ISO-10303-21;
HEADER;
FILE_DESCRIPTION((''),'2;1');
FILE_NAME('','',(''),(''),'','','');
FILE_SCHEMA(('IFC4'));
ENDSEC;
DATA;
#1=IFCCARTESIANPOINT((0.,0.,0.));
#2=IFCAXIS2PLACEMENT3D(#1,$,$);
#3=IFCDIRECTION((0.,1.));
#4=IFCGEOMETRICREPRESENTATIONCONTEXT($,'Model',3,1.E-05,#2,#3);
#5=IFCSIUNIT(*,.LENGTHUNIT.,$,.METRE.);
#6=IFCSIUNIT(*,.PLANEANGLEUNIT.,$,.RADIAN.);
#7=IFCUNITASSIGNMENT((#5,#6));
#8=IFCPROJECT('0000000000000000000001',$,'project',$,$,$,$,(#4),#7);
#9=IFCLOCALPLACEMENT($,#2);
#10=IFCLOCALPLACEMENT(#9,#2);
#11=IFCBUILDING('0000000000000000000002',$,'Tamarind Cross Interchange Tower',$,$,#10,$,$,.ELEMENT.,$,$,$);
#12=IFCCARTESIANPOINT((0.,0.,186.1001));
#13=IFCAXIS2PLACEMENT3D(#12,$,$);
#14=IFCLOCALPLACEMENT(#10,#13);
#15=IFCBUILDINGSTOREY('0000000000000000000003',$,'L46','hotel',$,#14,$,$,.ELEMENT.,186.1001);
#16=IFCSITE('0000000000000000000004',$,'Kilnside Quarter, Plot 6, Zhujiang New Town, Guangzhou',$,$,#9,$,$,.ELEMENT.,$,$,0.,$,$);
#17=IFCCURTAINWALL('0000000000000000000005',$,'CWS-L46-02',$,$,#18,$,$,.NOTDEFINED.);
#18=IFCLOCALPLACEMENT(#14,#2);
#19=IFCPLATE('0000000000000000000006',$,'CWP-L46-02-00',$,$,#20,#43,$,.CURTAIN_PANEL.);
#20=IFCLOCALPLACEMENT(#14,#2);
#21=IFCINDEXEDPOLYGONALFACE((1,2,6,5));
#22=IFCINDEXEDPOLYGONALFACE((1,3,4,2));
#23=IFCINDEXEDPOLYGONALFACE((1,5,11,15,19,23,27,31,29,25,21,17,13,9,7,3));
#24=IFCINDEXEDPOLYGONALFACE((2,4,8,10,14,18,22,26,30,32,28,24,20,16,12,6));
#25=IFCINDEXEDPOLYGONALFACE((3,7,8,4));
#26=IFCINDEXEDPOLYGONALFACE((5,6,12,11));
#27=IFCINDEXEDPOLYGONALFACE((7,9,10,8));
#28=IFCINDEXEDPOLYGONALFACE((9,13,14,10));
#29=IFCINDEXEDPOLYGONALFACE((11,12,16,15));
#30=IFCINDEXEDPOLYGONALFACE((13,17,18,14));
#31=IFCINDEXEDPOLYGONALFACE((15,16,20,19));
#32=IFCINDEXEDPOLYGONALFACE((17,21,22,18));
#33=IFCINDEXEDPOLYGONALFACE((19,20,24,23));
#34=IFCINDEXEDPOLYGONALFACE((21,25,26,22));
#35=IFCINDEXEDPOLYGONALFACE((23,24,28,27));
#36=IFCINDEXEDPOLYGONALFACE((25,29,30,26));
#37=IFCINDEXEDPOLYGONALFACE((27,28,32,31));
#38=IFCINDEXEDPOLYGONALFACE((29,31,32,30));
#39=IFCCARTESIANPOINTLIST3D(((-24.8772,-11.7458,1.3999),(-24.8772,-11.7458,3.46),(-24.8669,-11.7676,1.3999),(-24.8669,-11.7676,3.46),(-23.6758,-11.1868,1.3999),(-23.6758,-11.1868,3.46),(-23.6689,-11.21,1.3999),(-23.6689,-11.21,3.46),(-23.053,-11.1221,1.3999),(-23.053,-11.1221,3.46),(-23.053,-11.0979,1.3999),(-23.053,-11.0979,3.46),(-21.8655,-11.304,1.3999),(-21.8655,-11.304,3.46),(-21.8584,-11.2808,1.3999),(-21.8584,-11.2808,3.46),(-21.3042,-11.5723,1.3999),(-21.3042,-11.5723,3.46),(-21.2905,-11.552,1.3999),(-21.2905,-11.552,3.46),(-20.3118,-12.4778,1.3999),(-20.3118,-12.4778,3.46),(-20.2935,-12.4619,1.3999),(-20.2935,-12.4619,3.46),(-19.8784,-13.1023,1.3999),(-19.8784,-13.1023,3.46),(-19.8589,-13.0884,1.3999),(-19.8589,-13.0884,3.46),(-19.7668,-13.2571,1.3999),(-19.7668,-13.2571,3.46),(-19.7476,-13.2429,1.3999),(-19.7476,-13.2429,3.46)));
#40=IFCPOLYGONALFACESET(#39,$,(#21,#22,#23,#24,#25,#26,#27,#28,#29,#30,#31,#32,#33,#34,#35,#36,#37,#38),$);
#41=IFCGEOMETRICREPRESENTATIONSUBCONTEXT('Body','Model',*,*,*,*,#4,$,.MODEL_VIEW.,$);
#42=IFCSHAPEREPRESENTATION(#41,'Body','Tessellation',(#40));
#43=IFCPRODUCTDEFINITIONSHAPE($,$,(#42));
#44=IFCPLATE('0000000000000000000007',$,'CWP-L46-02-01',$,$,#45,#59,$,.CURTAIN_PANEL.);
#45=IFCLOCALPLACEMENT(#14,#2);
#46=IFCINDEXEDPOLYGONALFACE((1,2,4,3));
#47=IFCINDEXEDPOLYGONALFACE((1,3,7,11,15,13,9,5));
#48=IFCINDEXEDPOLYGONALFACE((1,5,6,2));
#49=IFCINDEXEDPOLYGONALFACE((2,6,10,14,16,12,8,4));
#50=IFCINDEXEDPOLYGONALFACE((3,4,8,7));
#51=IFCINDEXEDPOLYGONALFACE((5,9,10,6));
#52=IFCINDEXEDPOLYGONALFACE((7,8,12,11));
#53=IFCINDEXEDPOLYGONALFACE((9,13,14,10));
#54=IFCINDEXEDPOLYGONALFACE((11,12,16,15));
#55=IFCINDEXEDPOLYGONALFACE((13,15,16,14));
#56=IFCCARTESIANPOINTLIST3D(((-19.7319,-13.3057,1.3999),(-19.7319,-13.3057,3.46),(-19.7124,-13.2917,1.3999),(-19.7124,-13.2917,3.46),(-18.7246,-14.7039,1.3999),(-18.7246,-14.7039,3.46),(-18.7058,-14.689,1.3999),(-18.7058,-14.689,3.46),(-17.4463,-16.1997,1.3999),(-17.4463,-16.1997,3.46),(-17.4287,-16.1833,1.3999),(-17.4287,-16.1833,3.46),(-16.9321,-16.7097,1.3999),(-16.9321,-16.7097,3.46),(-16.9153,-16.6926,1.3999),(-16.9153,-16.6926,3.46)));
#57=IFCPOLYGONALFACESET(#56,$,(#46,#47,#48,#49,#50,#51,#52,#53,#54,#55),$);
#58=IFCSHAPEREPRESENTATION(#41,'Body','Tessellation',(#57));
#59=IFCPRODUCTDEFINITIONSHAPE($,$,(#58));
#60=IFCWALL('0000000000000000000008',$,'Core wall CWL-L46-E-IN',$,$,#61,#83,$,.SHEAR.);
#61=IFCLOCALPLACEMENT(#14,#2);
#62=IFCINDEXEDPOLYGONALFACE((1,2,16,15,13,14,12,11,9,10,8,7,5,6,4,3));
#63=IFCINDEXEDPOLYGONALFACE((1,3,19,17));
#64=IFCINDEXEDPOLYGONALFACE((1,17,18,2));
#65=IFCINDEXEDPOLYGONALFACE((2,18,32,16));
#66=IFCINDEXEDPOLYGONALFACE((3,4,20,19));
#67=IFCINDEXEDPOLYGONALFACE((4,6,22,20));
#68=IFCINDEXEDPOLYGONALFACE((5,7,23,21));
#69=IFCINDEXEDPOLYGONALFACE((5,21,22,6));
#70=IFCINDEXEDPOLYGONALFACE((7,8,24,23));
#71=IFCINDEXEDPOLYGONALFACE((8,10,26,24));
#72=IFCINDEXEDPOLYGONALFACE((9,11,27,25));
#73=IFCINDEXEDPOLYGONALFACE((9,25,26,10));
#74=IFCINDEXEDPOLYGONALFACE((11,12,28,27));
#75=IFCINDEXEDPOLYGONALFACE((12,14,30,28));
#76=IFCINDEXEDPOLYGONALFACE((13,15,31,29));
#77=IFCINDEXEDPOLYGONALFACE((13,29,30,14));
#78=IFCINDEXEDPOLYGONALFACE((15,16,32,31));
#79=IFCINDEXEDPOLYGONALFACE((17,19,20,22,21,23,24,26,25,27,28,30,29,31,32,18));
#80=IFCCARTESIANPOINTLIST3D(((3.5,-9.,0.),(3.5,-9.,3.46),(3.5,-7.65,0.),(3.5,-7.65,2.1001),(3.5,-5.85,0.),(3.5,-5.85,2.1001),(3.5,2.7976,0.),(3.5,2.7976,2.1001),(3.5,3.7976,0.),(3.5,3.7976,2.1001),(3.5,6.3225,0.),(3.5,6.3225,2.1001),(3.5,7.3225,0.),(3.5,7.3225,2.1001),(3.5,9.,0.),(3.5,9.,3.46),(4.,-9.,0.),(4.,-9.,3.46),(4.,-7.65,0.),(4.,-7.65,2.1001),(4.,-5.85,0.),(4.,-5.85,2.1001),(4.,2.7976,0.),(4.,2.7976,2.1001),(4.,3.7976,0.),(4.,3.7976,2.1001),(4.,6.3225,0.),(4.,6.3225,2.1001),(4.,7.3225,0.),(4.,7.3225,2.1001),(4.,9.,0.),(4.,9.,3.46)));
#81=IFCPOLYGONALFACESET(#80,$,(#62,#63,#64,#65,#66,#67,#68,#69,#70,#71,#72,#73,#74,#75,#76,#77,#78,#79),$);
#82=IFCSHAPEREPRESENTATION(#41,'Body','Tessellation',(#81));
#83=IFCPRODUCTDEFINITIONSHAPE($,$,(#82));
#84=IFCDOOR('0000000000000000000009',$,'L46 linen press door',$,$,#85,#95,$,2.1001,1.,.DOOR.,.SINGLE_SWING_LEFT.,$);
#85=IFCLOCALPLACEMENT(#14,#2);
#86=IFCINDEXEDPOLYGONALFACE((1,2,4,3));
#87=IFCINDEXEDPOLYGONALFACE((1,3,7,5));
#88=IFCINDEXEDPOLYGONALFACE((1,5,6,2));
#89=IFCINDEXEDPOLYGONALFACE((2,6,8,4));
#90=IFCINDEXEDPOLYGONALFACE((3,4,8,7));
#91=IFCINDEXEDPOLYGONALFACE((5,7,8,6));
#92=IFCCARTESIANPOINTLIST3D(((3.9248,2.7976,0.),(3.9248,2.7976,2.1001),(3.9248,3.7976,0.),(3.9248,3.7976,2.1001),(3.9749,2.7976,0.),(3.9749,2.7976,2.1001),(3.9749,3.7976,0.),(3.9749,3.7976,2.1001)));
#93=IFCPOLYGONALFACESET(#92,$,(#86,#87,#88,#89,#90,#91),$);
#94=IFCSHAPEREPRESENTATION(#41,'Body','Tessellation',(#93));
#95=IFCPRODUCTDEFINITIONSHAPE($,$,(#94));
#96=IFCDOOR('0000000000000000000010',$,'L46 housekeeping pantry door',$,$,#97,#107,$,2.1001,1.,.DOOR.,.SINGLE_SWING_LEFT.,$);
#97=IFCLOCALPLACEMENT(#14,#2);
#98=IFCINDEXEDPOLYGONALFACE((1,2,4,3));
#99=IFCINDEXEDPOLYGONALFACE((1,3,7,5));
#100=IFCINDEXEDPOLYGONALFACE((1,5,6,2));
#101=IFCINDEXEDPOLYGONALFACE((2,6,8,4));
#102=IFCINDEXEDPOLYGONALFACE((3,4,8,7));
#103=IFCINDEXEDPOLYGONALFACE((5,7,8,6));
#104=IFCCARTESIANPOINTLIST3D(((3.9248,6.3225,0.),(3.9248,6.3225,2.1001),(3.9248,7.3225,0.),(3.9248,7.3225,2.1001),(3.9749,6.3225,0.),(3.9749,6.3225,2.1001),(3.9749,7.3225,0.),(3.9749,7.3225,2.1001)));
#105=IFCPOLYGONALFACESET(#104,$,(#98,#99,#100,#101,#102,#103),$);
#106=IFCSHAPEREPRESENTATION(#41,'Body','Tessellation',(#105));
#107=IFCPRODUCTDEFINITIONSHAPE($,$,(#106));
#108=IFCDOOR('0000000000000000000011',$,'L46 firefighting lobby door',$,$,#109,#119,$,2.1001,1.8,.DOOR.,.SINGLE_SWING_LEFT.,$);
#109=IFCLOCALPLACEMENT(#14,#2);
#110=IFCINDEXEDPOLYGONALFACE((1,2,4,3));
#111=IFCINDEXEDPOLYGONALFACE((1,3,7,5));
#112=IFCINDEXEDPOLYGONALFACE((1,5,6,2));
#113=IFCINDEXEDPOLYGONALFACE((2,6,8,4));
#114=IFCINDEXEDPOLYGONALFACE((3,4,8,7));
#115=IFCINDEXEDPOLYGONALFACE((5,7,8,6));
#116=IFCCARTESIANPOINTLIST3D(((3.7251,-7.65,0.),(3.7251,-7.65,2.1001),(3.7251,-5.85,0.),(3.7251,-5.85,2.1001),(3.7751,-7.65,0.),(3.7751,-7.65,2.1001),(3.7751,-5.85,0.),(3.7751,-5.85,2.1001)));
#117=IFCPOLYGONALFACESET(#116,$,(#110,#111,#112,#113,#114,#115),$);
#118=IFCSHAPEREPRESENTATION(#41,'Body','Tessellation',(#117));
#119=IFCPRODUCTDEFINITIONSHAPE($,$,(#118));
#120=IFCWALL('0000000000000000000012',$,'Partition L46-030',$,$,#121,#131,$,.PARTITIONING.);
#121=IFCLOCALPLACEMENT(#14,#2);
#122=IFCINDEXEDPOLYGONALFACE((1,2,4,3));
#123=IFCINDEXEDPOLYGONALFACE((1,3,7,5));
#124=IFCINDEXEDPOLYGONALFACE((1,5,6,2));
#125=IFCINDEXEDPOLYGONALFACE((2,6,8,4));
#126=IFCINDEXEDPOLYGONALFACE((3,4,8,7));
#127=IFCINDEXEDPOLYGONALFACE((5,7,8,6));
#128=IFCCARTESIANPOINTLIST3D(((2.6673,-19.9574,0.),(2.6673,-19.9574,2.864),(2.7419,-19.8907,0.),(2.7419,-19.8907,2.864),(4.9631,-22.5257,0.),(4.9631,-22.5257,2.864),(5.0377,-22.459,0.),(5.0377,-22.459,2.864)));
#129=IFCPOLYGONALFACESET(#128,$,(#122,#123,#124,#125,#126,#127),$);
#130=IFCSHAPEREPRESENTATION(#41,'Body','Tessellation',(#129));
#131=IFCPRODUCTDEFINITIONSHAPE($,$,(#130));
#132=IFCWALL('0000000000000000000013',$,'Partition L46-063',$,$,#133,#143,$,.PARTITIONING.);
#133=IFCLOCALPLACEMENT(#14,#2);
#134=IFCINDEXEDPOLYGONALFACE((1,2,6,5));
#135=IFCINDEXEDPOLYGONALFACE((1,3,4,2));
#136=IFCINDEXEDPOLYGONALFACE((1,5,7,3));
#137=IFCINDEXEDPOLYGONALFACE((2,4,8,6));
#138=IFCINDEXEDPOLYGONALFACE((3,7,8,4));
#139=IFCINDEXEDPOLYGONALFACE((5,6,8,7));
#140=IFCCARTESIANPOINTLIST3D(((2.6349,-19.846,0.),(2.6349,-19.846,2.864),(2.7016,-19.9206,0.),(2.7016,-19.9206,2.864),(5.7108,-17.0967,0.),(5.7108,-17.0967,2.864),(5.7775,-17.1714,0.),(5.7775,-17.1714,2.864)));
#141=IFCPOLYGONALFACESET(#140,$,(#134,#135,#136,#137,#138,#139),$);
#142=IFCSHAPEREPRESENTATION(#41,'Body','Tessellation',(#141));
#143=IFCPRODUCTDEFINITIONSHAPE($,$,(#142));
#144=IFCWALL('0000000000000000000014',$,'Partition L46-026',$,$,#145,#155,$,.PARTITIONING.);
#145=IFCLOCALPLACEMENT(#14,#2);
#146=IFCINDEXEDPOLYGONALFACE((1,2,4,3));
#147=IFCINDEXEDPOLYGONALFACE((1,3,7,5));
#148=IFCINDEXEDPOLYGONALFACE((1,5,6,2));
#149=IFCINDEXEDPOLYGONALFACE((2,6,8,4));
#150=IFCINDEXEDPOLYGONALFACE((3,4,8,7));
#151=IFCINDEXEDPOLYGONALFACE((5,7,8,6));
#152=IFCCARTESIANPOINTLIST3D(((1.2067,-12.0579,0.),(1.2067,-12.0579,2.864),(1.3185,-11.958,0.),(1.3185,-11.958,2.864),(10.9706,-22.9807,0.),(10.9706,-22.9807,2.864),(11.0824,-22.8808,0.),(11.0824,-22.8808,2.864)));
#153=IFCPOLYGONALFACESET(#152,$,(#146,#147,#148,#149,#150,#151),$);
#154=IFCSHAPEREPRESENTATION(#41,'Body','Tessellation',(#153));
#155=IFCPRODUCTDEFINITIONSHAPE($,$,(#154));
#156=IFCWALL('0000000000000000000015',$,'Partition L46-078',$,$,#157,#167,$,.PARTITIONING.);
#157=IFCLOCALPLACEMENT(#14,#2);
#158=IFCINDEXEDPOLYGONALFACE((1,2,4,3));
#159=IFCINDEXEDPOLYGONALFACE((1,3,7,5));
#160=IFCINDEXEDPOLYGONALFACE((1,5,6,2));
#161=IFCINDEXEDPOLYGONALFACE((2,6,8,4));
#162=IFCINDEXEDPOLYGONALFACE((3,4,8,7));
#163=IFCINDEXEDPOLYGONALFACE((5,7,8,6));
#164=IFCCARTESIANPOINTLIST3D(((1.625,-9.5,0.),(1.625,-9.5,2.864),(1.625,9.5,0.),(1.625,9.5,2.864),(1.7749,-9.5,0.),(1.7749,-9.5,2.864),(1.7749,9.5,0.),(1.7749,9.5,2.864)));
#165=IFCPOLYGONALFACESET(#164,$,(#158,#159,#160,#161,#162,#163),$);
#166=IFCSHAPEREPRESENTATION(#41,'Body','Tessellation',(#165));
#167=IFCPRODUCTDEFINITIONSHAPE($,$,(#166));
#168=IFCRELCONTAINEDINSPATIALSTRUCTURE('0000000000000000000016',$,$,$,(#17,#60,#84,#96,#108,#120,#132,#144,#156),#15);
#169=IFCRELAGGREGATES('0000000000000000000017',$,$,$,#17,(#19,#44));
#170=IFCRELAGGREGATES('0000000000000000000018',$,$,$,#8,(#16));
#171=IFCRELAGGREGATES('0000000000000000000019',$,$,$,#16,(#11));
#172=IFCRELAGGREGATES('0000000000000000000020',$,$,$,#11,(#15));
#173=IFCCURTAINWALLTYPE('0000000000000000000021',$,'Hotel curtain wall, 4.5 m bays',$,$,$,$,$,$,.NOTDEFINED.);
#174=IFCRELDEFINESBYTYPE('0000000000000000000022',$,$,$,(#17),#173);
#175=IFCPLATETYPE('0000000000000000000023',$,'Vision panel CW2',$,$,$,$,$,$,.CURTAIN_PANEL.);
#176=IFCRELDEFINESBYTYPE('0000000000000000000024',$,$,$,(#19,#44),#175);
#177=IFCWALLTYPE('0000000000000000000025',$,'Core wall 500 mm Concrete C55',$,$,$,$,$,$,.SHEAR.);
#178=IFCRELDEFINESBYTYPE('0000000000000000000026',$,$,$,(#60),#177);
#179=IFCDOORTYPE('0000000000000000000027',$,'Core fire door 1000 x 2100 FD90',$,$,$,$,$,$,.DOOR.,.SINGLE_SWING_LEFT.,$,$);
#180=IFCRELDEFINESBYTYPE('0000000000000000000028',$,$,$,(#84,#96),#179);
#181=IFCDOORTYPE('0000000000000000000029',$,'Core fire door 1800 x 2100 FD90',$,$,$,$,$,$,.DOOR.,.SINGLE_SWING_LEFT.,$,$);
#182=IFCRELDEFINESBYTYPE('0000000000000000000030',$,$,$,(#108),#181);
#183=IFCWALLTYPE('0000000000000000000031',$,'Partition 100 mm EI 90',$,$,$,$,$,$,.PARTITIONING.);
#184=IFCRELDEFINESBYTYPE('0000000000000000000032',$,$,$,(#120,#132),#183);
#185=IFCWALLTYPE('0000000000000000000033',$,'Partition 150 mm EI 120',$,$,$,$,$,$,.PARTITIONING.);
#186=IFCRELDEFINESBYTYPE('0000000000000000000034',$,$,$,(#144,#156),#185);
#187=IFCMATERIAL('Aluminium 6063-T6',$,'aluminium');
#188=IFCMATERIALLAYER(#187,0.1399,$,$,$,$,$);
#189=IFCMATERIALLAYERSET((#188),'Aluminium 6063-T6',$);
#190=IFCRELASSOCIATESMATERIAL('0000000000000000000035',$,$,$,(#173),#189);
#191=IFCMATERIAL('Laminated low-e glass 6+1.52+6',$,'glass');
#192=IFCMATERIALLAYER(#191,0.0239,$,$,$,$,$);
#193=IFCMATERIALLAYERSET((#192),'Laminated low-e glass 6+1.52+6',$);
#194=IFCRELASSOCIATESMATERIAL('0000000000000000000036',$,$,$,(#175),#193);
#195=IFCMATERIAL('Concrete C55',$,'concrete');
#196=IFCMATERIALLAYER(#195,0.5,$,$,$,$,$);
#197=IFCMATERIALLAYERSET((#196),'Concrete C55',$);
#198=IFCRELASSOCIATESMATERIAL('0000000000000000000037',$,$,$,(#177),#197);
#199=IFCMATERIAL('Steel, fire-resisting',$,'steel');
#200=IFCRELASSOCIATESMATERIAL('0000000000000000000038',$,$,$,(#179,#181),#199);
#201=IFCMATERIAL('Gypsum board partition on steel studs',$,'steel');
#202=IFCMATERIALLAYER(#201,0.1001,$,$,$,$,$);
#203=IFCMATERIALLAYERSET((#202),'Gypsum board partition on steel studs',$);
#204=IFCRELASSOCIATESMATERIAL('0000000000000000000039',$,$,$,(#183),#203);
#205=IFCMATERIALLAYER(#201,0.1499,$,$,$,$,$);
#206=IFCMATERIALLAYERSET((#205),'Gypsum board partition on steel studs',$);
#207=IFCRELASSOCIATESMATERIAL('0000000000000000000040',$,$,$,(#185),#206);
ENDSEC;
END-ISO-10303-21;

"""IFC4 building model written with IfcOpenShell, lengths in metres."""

from ifc_helpers import new_model, si_unit, direction, frame, frame_2d, origin, place, context, subcontext, project, spatial, polyline, rectangle, outline, extrude, material, layer, layer_set, type_object, element, fill, aggregate, save


model = new_model("IFC4")

# Units and contexts
model_context = context("Model", 3, precision=1e-05, world=origin(), true_north=direction((0.0, 1.0)))
body_context = subcontext(model_context, "Body", "Model", "MODEL_VIEW")
ifc_project = project(units=[si_unit("LENGTHUNIT", "METRE"), si_unit("PLANEANGLEUNIT", "RADIAN")], contexts=[model_context])

# Site, building, storey
site_placement = place(None, origin())
site = spatial("IfcSite", under=ifc_project, at=site_placement, Name="Kilnside Quarter, Plot 6, Zhujiang New Town, Guangzhou", CompositionType="ELEMENT", RefElevation=0.0)
building_placement = place(site_placement, origin())
building = spatial("IfcBuilding", under=site, at=building_placement, Name="Tamarind Cross Interchange Tower", CompositionType="ELEMENT")
storey_placement = place(building_placement, frame((0.0, 0.0, 186.1001)))
storey = spatial("IfcBuildingStorey", under=building, at=storey_placement, Name="L46", Description="hotel", CompositionType="ELEMENT", Elevation=186.1001)

# Shared definitions
ifc_material_1 = material(Name="Aluminium 6063-T6", Category="aluminium")
ifc_layer_1 = layer(ifc_material_1, 0.1399)
ifc_layer_set_1 = layer_set([ifc_layer_1], Name="Aluminium 6063-T6")
curtain_wall_type = type_object("IfcCurtainWallType", Name="Hotel curtain wall, 4.5 m bays", PredefinedType="NOTDEFINED", material=ifc_layer_set_1)

# Shared definitions
ifc_material_2 = material(Name="Laminated low-e glass 6+1.52+6", Category="glass")
ifc_layer_2 = layer(ifc_material_2, 0.0239)
ifc_layer_set_2 = layer_set([ifc_layer_2], Name="Laminated low-e glass 6+1.52+6")
plate_type = type_object("IfcPlateType", Name="Vision panel CW2", PredefinedType="CURTAIN_PANEL", material=ifc_layer_set_2)

# Curtain wall, plates
curtain_wall_1_placement = place(storey_placement, origin())
curtain_wall_1 = element("IfcCurtainWall", 1, at=curtain_wall_1_placement, inside=storey, type_object=curtain_wall_type, Name="CWS-L46-02", PredefinedType="NOTDEFINED")
plate_1_placement = place(storey_placement, frame((0.0, 0.0, 1.3999)))
plate_1 = element("IfcPlate", 2, at=plate_1_placement, type_object=plate_type, Name="CWP-L46-02-00", PredefinedType="CURTAIN_PANEL", context=body_context, shape_type="SweptSolid", body=[
    extrude(outline(polyline([(-24.8772, -11.7458), (-23.6758, -11.1868), (-23.053, -11.0979), (-21.8584, -11.2808), (-21.2905, -11.552), (-20.2935, -12.4619), (-19.8589, -13.0884), (-19.7476, -13.2429), (-19.7668, -13.2571), (-19.8784, -13.1023), (-20.3118, -12.4778), (-21.3042, -11.5723), (-21.8655, -11.304), (-23.053, -11.1221), (-23.6689, -11.21), (-24.8669, -11.7676), (-24.8772, -11.7458)])), origin(), (0.0, 0.0, 1.0), 2.0601),
])
plate_2_placement = place(storey_placement, frame((0.0, 0.0, 1.3999)))
plate_2 = element("IfcPlate", 3, at=plate_2_placement, type_object=plate_type, Name="CWP-L46-02-01", PredefinedType="CURTAIN_PANEL", context=body_context, shape_type="SweptSolid", body=[
    extrude(outline(polyline([(-19.7124, -13.2917), (-18.7058, -14.689), (-17.4287, -16.1833), (-16.9153, -16.6926), (-16.9321, -16.7097), (-17.4463, -16.1997), (-18.7246, -14.7039), (-19.7319, -13.3057), (-19.7124, -13.2917)])), origin(), (0.0, 0.0, 1.0), 2.0601),
])
aggregate(curtain_wall_1, [plate_1, plate_2])

# Wall, openings, doors
ifc_material_3 = material(Name="Concrete C55", Category="concrete")
ifc_layer_3 = layer(ifc_material_3, 0.5)
ifc_layer_set_3 = layer_set([ifc_layer_3], Name="Concrete C55")
wall_type_1 = type_object("IfcWallType", Name="Core wall 500 mm Concrete C55", PredefinedType="SHEAR", material=ifc_layer_set_3)
wall_1_placement = place(storey_placement, frame((3.75, -9.0, 0.0), z_axis=(0.0, 0.0, 1.0), x_axis=(0.0, 1.0, 0.0)))
wall_1 = element("IfcWall", 4, at=wall_1_placement, inside=storey, type_object=wall_type_1, Name="Core wall CWL-L46-E-IN", PredefinedType="SHEAR", context=body_context, shape_type="SweptSolid", body=[
    extrude(rectangle(XDim=18.0, YDim=0.5, at=frame_2d((9.0, 0.0))), origin(), (0.0, 0.0, 1.0), 3.46),
])
opening_1_placement = place(wall_1_placement, frame((1.3501, 0.0, 0.0)))
opening_1 = element("IfcOpeningElement", 5, at=opening_1_placement, cuts=wall_1, PredefinedType="OPENING", context=body_context, shape_type="SweptSolid", body=[
    extrude(rectangle(XDim=1.8, YDim=2.1001, at=frame_2d((0.8999, 1.05))), frame((0.0, 0.26, 0.0), z_axis=(0.0, -1.0, 0.0), x_axis=(1.0, 0.0, 0.0)), (0.0, 0.0, 1.0), 0.52),
])
opening_2_placement = place(wall_1_placement, frame((11.7976, 0.0, 0.0)))
opening_2 = element("IfcOpeningElement", 6, at=opening_2_placement, cuts=wall_1, PredefinedType="OPENING", context=body_context, shape_type="SweptSolid", body=[
    extrude(rectangle(XDim=1.0, YDim=2.1001, at=frame_2d((0.5, 1.05))), frame((0.0, 0.26, 0.0), z_axis=(0.0, -1.0, 0.0), x_axis=(1.0, 0.0, 0.0)), (0.0, 0.0, 1.0), 0.52),
])
opening_3_placement = place(wall_1_placement, frame((15.3225, 0.0, 0.0)))
opening_3 = element("IfcOpeningElement", 7, at=opening_3_placement, cuts=wall_1, PredefinedType="OPENING", context=body_context, shape_type="SweptSolid", body=[
    extrude(rectangle(XDim=1.0, YDim=2.1001, at=frame_2d((0.5, 1.05))), frame((0.0, 0.26, 0.0), z_axis=(0.0, -1.0, 0.0), x_axis=(1.0, 0.0, 0.0)), (0.0, 0.0, 1.0), 0.52),
])
ifc_material_4 = material(Name="Steel, fire-resisting", Category="steel")
door_type_1 = type_object("IfcDoorType", Name="Core fire door 1000 x 2100 FD90", OperationType="SINGLE_SWING_LEFT", PredefinedType="DOOR", material=ifc_material_4)
door_1_placement = place(opening_2_placement, origin())
door_1 = element("IfcDoor", 8, at=door_1_placement, inside=storey, type_object=door_type_1, Name="L46 linen press door", OperationType="SINGLE_SWING_LEFT", OverallHeight=2.1001, OverallWidth=1.0, PredefinedType="DOOR", context=body_context, shape_type="SweptSolid", body=[
    extrude(rectangle(XDim=1.0, YDim=2.1001, at=frame_2d((0.5, 1.05))), frame((0.0, -0.1748, 0.0), z_axis=(0.0, -1.0, 0.0), x_axis=(1.0, 0.0, 0.0)), (0.0, 0.0, 1.0), 0.05),
])
fill(opening_2, door_1)
door_2_placement = place(opening_3_placement, origin())
door_2 = element("IfcDoor", 9, at=door_2_placement, inside=storey, type_object=door_type_1, Name="L46 housekeeping pantry door", OperationType="SINGLE_SWING_LEFT", OverallHeight=2.1001, OverallWidth=1.0, PredefinedType="DOOR", context=body_context, shape_type="SweptSolid", body=[
    extrude(rectangle(XDim=1.0, YDim=2.1001, at=frame_2d((0.5, 1.05))), frame((0.0, -0.1748, 0.0), z_axis=(0.0, -1.0, 0.0), x_axis=(1.0, 0.0, 0.0)), (0.0, 0.0, 1.0), 0.05),
])
fill(opening_3, door_2)
door_type_2 = type_object("IfcDoorType", Name="Core fire door 1800 x 2100 FD90", OperationType="SINGLE_SWING_LEFT", PredefinedType="DOOR", material=ifc_material_4)
door_3_placement = place(opening_1_placement, origin())
door_3 = element("IfcDoor", 10, at=door_3_placement, inside=storey, type_object=door_type_2, Name="L46 firefighting lobby door", OperationType="SINGLE_SWING_LEFT", OverallHeight=2.1001, OverallWidth=1.8, PredefinedType="DOOR", context=body_context, shape_type="SweptSolid", body=[
    extrude(rectangle(XDim=1.8, YDim=2.1001, at=frame_2d((0.8999, 1.05))), frame((0.0, 0.0249, 0.0), z_axis=(0.0, -1.0, 0.0), x_axis=(1.0, 0.0, 0.0)), (0.0, 0.0, 1.0), 0.05),
])
fill(opening_1, door_3)

# Walls
ifc_material_5 = material(Name="Gypsum board partition on steel studs", Category="steel")
ifc_layer_4 = layer(ifc_material_5, 0.1001)
ifc_layer_set_4 = layer_set([ifc_layer_4], Name="Gypsum board partition on steel studs")
wall_type_2 = type_object("IfcWallType", Name="Partition 100 mm EI 90", PredefinedType="PARTITIONING", material=ifc_layer_set_4)
wall_2_placement = place(storey_placement, frame((2.7046, -19.9241, 0.0), z_axis=(0.0, 0.0, 1.0), x_axis=(0.666455, -0.745545, 0.0)))
element("IfcWall", 11, at=wall_2_placement, inside=storey, type_object=wall_type_2, Name="Partition L46-030", PredefinedType="PARTITIONING", context=body_context, shape_type="SweptSolid", body=[
    extrude(rectangle(XDim=3.4448, YDim=0.1001, at=frame_2d((1.7224, 0.0))), origin(), (0.0, 0.0, 1.0), 2.864),
])
wall_3_placement = place(storey_placement, frame((2.6682, -19.8833, 0.0), z_axis=(0.0, 0.0, 1.0), x_axis=(0.745588, 0.666407, 0.0)))
element("IfcWall", 12, at=wall_3_placement, inside=storey, type_object=wall_type_2, Name="Partition L46-063", PredefinedType="PARTITIONING", context=body_context, shape_type="SweptSolid", body=[
    extrude(rectangle(XDim=4.1255, YDim=0.1001, at=frame_2d((2.0627, 0.0))), origin(), (0.0, 0.0, 1.0), 2.864),
])
ifc_layer_5 = layer(ifc_material_5, 0.1499)
ifc_layer_set_5 = layer_set([ifc_layer_5], Name="Gypsum board partition on steel studs")
wall_type_3 = type_object("IfcWallType", Name="Partition 150 mm EI 120", PredefinedType="PARTITIONING", material=ifc_layer_set_5)
wall_4_placement = place(storey_placement, frame((1.2627, -12.0081, 0.0), z_axis=(0.0, 0.0, 1.0), x_axis=(0.666447, -0.745552, 0.0)))
element("IfcWall", 13, at=wall_4_placement, inside=storey, type_object=wall_type_3, Name="Partition L46-026", PredefinedType="PARTITIONING", context=body_context, shape_type="SweptSolid", body=[
    extrude(rectangle(XDim=14.6506, YDim=0.1499, at=frame_2d((7.3252, 0.0))), origin(), (0.0, 0.0, 1.0), 2.864),
])
wall_5_placement = place(storey_placement, frame((1.7, -9.5, 0.0), z_axis=(0.0, 0.0, 1.0), x_axis=(0.0, 1.0, 0.0)))
element("IfcWall", 14, at=wall_5_placement, inside=storey, type_object=wall_type_3, Name="Partition L46-078", PredefinedType="PARTITIONING", context=body_context, shape_type="SweptSolid", body=[
    extrude(rectangle(XDim=19.0, YDim=0.1499, at=frame_2d((9.5, 0.0))), origin(), (0.0, 0.0, 1.0), 2.864),
])

save(model, "model.ifc")
